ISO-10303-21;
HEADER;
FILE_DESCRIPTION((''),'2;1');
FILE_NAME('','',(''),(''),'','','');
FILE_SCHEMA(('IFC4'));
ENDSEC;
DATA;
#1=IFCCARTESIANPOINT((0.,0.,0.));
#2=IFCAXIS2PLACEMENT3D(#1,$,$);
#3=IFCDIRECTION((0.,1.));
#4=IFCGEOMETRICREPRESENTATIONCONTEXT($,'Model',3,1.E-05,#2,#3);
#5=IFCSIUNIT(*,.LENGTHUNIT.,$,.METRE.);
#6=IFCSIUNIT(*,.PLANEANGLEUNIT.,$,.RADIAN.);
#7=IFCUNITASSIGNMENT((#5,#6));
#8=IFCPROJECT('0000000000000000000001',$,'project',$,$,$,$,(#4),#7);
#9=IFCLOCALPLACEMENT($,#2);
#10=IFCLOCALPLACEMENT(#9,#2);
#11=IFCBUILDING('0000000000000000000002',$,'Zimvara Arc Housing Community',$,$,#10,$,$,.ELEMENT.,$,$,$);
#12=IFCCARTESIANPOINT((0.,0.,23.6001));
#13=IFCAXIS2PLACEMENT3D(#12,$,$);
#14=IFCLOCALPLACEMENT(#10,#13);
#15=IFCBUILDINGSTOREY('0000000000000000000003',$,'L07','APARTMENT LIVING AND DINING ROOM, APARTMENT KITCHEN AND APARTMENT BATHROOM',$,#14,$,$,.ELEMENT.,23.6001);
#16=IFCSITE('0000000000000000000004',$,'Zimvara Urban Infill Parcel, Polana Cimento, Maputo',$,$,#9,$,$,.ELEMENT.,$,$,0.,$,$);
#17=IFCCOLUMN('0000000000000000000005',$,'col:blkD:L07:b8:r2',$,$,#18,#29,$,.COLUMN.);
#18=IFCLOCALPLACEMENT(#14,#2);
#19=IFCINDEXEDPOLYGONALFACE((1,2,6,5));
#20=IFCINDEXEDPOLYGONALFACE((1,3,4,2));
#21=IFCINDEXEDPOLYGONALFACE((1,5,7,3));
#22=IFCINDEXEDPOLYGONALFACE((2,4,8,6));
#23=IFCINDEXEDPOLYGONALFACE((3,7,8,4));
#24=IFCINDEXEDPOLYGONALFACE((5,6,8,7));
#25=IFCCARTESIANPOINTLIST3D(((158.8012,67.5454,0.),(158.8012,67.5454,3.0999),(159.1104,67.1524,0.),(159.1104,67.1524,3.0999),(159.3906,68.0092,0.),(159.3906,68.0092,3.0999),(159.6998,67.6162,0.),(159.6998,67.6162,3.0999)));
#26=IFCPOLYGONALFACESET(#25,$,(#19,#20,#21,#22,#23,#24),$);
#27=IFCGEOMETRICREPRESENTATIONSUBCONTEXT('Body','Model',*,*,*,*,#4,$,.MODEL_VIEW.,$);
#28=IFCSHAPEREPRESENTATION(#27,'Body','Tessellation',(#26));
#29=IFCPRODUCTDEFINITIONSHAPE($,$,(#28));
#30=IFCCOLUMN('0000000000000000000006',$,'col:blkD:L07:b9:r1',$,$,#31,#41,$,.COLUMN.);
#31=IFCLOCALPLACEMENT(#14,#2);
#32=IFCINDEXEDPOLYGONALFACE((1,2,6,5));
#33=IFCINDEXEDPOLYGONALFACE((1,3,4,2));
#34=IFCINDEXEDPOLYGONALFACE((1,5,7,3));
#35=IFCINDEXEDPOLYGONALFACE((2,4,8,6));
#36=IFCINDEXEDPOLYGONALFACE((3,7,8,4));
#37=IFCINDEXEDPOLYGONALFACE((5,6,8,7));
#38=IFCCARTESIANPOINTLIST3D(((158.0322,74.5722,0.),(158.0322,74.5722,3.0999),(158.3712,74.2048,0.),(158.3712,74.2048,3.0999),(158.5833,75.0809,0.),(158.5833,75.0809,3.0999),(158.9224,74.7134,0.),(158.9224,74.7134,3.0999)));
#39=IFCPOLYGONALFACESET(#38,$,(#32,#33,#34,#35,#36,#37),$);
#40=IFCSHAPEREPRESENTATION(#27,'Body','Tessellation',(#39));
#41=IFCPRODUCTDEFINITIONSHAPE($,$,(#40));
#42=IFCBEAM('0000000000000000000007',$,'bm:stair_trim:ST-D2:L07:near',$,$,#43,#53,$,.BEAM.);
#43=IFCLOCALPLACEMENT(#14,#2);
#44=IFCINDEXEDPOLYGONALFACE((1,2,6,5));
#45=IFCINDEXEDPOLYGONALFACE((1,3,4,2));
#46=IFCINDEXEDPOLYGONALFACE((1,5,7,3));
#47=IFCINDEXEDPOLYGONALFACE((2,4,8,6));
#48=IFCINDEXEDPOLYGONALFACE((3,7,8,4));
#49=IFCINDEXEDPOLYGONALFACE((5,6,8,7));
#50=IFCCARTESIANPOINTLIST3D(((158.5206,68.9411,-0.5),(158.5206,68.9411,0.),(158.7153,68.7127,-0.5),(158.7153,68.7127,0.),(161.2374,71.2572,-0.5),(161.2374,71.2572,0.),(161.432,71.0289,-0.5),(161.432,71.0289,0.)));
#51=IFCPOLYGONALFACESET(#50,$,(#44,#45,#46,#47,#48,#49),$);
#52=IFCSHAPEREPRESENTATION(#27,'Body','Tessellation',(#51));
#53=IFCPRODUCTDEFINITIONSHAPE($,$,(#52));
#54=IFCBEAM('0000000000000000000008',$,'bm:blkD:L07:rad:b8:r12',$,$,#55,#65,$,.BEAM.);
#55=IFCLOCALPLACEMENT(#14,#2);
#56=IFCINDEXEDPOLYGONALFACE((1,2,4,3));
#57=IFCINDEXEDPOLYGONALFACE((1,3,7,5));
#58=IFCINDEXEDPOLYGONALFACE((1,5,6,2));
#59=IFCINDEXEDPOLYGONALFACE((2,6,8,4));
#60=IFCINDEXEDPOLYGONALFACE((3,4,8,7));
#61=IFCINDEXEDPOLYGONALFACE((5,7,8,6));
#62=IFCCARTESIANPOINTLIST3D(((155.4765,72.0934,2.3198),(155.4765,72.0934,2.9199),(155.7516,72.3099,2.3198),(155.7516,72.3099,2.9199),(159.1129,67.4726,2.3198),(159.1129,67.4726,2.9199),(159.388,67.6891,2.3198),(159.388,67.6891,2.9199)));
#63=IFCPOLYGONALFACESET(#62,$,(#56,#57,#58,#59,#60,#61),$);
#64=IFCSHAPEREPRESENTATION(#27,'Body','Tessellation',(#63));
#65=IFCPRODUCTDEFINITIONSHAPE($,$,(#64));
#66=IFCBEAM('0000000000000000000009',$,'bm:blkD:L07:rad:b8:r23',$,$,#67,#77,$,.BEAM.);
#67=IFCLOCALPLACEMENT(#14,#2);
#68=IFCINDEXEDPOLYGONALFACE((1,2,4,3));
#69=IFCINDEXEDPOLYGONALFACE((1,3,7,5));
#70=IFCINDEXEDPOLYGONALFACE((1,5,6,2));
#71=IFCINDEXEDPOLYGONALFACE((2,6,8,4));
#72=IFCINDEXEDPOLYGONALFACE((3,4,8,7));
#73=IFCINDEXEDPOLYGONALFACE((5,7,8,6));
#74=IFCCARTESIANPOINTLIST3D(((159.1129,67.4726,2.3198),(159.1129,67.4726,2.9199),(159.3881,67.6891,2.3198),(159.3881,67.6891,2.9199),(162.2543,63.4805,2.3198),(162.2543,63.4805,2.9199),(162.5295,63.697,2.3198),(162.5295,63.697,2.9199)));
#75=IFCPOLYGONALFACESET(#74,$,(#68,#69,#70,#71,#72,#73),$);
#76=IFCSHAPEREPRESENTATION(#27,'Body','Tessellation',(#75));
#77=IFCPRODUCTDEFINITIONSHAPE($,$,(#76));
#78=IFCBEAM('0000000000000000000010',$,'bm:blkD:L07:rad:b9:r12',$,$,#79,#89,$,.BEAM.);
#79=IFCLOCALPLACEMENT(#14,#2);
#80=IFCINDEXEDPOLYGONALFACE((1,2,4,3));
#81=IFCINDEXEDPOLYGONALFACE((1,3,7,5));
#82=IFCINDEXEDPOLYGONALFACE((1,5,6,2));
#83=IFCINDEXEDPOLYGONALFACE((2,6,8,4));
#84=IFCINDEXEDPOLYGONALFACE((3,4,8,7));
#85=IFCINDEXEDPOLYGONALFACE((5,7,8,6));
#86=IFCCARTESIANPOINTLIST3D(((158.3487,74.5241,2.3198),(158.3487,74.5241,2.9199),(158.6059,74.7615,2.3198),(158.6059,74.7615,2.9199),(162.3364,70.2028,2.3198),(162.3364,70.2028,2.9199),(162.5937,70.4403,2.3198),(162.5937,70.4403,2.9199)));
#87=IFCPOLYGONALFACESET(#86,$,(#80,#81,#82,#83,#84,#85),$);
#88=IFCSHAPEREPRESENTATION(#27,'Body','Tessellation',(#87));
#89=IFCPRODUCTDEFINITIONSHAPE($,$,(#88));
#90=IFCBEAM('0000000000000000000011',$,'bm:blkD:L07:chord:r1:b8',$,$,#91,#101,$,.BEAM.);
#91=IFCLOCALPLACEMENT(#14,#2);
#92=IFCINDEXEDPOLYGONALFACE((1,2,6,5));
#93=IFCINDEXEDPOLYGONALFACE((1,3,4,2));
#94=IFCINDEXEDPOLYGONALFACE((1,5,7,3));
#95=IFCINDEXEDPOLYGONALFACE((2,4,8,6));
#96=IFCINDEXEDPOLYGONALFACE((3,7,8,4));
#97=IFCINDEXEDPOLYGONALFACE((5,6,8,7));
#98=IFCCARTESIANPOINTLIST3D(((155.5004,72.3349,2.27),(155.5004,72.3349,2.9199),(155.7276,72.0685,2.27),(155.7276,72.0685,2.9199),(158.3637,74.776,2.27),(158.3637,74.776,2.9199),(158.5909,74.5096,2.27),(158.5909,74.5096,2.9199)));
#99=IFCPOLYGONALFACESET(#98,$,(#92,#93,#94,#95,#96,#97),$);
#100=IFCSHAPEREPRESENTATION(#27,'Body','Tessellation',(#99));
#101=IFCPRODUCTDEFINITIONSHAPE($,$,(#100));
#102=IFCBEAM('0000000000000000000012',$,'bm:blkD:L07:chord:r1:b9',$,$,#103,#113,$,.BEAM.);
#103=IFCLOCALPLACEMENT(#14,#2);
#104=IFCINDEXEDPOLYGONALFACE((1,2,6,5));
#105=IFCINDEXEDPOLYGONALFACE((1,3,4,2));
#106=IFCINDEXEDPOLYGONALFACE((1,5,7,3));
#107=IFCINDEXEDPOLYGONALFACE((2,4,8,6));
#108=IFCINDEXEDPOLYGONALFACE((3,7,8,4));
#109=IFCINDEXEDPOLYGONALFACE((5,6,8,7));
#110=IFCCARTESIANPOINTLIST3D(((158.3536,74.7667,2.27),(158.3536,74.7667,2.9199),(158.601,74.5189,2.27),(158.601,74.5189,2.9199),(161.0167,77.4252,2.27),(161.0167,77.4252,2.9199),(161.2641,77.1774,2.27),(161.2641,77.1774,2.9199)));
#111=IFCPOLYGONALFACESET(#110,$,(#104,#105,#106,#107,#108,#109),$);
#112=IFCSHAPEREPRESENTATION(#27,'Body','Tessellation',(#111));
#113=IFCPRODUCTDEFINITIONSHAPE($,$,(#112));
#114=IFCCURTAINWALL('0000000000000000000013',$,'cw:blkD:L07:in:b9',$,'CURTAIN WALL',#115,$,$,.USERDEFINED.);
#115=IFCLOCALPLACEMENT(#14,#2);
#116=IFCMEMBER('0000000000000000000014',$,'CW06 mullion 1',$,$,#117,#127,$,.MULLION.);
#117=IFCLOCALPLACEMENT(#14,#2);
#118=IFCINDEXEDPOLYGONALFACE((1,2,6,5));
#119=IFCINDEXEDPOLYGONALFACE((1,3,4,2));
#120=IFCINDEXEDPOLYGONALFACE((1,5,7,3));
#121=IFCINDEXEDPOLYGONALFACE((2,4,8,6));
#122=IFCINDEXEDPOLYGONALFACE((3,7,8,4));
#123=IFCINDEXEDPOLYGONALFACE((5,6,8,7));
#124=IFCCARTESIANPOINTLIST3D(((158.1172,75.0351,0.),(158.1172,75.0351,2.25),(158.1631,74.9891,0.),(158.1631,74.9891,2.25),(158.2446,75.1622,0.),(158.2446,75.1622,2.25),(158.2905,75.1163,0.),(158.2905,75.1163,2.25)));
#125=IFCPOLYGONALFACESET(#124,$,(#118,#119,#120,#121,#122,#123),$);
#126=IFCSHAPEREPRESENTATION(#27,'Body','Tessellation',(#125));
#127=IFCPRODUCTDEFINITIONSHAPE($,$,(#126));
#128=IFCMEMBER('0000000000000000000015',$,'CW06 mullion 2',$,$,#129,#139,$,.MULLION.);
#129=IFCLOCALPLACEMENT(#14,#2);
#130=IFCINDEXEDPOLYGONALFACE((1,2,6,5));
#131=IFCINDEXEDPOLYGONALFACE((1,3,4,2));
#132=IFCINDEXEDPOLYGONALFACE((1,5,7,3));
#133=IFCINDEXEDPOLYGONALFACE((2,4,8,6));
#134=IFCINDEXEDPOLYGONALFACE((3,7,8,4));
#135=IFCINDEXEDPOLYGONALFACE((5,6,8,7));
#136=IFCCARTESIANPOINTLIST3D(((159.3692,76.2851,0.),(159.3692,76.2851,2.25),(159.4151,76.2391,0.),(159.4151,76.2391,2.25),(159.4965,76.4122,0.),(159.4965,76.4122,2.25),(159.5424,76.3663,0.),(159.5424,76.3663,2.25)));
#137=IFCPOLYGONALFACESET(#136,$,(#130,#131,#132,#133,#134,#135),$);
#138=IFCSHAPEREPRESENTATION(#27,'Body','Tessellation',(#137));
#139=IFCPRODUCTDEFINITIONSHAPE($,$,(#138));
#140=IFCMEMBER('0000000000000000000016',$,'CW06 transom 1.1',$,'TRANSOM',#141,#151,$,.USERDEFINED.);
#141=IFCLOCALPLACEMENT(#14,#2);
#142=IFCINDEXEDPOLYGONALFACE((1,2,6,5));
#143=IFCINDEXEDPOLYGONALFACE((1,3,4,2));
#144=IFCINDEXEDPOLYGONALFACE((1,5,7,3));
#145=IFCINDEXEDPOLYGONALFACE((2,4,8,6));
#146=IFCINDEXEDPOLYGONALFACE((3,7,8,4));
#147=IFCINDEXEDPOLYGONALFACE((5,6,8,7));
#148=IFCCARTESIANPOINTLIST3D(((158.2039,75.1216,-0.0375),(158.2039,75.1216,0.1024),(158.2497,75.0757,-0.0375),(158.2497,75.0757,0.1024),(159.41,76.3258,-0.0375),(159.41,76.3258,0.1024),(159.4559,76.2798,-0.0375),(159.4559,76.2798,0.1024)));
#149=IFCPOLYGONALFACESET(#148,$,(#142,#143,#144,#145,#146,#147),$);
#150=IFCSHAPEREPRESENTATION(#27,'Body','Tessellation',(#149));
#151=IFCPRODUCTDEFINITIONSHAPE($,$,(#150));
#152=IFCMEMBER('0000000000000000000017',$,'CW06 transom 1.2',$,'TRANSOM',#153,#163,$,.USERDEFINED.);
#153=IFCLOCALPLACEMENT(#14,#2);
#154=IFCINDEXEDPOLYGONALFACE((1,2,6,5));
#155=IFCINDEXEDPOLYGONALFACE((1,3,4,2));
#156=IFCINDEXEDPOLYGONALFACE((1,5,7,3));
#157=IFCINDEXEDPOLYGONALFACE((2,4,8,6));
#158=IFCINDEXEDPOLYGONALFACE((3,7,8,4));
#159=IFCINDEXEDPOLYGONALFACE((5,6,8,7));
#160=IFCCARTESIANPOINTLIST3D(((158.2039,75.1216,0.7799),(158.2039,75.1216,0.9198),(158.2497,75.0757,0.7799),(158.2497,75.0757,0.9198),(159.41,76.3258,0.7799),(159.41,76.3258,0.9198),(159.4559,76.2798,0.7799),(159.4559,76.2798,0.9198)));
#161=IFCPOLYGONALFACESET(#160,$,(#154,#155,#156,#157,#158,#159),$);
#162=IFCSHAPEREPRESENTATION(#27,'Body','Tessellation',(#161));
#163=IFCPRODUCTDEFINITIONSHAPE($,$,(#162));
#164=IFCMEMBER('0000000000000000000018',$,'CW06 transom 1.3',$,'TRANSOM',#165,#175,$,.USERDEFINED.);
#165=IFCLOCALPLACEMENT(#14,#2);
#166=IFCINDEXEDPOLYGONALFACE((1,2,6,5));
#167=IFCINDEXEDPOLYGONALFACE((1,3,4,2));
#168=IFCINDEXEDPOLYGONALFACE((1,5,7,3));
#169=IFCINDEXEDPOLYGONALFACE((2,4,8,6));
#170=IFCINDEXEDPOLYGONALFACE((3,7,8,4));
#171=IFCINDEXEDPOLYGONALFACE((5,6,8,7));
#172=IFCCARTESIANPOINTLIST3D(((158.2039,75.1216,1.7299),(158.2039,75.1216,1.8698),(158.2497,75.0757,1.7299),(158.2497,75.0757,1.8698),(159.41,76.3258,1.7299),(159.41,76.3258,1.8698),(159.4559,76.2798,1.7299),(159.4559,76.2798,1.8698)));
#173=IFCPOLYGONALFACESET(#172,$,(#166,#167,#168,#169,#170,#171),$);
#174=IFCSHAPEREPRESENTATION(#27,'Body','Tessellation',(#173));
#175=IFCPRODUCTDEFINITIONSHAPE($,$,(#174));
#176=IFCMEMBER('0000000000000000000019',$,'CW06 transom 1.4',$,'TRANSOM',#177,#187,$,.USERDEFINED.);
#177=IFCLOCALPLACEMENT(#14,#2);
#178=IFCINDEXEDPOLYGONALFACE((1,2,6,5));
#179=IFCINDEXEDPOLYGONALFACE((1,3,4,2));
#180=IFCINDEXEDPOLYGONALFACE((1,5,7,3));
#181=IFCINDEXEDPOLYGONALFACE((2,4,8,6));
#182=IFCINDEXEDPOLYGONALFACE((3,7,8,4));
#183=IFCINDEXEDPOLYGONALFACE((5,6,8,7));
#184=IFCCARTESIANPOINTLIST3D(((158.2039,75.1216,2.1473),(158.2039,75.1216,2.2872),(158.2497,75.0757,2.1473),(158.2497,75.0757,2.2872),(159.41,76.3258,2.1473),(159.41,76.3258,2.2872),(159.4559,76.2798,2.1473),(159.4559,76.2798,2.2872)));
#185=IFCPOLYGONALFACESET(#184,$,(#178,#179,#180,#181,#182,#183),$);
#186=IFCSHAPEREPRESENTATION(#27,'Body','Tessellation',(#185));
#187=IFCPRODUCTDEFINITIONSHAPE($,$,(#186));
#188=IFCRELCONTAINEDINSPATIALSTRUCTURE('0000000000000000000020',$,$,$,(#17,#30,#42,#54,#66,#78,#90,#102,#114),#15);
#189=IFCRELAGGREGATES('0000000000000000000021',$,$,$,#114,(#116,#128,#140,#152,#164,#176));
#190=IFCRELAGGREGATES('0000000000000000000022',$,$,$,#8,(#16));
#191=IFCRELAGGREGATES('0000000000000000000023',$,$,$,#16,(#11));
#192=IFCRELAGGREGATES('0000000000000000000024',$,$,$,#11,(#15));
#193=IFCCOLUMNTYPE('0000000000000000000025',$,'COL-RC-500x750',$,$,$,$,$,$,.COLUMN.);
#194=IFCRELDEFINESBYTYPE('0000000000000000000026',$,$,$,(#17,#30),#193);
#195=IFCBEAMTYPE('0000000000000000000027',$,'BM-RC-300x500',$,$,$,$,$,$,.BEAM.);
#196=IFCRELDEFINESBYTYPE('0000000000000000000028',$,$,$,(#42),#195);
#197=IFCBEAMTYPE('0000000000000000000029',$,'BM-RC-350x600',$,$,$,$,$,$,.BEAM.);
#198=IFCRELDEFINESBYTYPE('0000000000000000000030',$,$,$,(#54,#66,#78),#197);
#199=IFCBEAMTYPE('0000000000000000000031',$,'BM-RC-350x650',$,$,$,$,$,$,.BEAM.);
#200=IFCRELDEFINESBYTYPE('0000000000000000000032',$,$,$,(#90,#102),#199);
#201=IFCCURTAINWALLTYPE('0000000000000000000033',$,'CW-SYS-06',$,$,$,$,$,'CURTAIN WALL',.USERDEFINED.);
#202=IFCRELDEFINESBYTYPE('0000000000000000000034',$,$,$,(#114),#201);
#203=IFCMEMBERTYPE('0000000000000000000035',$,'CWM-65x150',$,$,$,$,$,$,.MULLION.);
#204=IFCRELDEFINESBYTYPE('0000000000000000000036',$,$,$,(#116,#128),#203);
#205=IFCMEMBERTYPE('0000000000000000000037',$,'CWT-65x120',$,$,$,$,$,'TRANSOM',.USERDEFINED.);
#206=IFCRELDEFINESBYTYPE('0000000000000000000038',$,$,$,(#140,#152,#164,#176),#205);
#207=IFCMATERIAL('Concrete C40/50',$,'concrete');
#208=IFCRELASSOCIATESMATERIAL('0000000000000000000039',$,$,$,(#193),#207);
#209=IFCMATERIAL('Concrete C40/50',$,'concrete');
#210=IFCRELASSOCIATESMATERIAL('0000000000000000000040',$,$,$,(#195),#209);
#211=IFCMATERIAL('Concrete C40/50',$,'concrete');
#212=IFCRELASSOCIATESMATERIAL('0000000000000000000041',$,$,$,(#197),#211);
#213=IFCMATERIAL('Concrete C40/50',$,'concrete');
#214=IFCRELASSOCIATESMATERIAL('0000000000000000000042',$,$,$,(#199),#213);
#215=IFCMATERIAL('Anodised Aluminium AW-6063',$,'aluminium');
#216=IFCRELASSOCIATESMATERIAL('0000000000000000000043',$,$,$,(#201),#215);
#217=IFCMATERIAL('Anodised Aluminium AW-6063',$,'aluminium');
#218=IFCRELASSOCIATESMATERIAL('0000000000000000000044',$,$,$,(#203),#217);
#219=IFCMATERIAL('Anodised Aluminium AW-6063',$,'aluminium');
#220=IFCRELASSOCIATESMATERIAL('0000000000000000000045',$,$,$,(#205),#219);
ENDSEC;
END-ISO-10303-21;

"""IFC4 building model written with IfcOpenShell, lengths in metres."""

from ifc_helpers import new_model, si_unit, direction, frame, origin, origin_2d, place, context, subcontext, project, spatial, rectangle, extrude, material, material_profile, profile_set, type_object, element, aggregate, save


model = new_model("IFC4")

# Units and contexts
model_context = context("Model", 3, precision=1e-05, world=origin(), true_north=direction((0.0, 1.0)))
body_context = subcontext(model_context, "Body", "Model", "MODEL_VIEW")
ifc_project = project(units=[si_unit("LENGTHUNIT", "METRE"), si_unit("PLANEANGLEUNIT", "RADIAN")], contexts=[model_context])

# Site, building, storey
site_placement = place(None, origin())
site = spatial("IfcSite", under=ifc_project, at=site_placement, Name="Zimvara Urban Infill Parcel, Polana Cimento, Maputo", CompositionType="ELEMENT", RefElevation=0.0)
building_placement = place(site_placement, origin())
building = spatial("IfcBuilding", under=site, at=building_placement, Name="Zimvara Arc Housing Community", CompositionType="ELEMENT")
storey_placement = place(building_placement, frame((0.0, 0.0, 23.6001)))
storey = spatial("IfcBuildingStorey", under=building, at=storey_placement, Name="L07", Description="APARTMENT LIVING AND DINING ROOM, APARTMENT KITCHEN AND APARTMENT BATHROOM", CompositionType="ELEMENT", Elevation=23.6001)

# Columns
ifc_material_1 = material(Name="Concrete C40/50", Category="concrete")
ifc_material_profile_1 = material_profile(ifc_material_1, rectangle(XDim=0.5, YDim=0.75, at=origin_2d()), Name="RC 500x750")
ifc_profile_set_1 = profile_set([ifc_material_profile_1], Name="Concrete C40/50")
column_type = type_object("IfcColumnType", Name="COL-RC-500x750", PredefinedType="COLUMN", material=ifc_profile_set_1)
for number, where, z_axis, x_axis, name in (
    (1, (159.2505, 67.5808, 0.0), (0.0, 0.0, 1.0), (0.618408, -0.785857, 0.0), "col:blkD:L07:b8:r2"),
    (2, (158.4773, 74.6428, 0.0), (0.0, 0.0, 1.0), (0.67816, -0.734915, 0.0), "col:blkD:L07:b9:r1"),
):
    element("IfcColumn", number, at=place(storey_placement, frame(where, z_axis=z_axis, x_axis=x_axis)), inside=storey, type_object=column_type, Name=name, PredefinedType="COLUMN", context=body_context, shape_type="SweptSolid", body=[
        extrude(rectangle(XDim=0.5, YDim=0.75, at=origin_2d()), origin(), (0.0, 0.0, 1.0), 3.0999),
    ])

# Beams
ifc_material_2 = material(Name="Concrete C40/50", Category="concrete")
ifc_material_profile_2 = material_profile(ifc_material_2, rectangle(XDim=0.3, YDim=0.5, at=origin_2d()), Name="RC 300x500")
ifc_profile_set_2 = profile_set([ifc_material_profile_2], Name="Concrete C40/50")
beam_type_1 = type_object("IfcBeamType", Name="BM-RC-300x500", PredefinedType="BEAM", material=ifc_profile_set_2)
beam_1_placement = place(storey_placement, frame((158.6179, 68.8269, -0.25), z_axis=(0.760987, 0.648767, 0.0), x_axis=(-0.648767, 0.760987, 0.0)))
element("IfcBeam", 3, at=beam_1_placement, inside=storey, type_object=beam_type_1, Name="bm:stair_trim:ST-D2:L07:near", PredefinedType="BEAM", context=body_context, shape_type="SweptSolid", body=[
    extrude(rectangle(XDim=0.3, YDim=0.5, at=origin_2d()), origin(), (0.0, 0.0, 1.0), 3.5701),
])
ifc_material_3 = material(Name="Concrete C40/50", Category="concrete")
ifc_material_profile_3 = material_profile(ifc_material_3, rectangle(XDim=0.3501, YDim=0.6001, at=origin_2d()), Name="RC 350x600")
ifc_profile_set_3 = profile_set([ifc_material_profile_3], Name="Concrete C40/50")
beam_type_2 = type_object("IfcBeamType", Name="BM-RC-350x600", PredefinedType="BEAM", material=ifc_profile_set_3)
beam_2_placement = place(storey_placement, frame((155.614, 72.2017, 2.6199), z_axis=(0.618432, -0.785838, 0.0), x_axis=(0.785838, 0.618432, 0.0)))
element("IfcBeam", 4, at=beam_2_placement, inside=storey, type_object=beam_type_2, Name="bm:blkD:L07:rad:b8:r12", PredefinedType="BEAM", context=body_context, shape_type="SweptSolid", body=[
    extrude(rectangle(XDim=0.3501, YDim=0.6001, at=origin_2d()), origin(), (0.0, 0.0, 1.0), 5.8801),
])
beam_3_placement = place(storey_placement, frame((159.2505, 67.5808, 2.6199), z_axis=(0.618409, -0.785856, 0.0), x_axis=(0.785856, 0.618409, 0.0)))
element("IfcBeam", 5, at=beam_3_placement, inside=storey, type_object=beam_type_2, Name="bm:blkD:L07:rad:b8:r23", PredefinedType="BEAM", context=body_context, shape_type="SweptSolid", body=[
    extrude(rectangle(XDim=0.3501, YDim=0.6001, at=origin_2d()), origin(), (0.0, 0.0, 1.0), 5.0798),
])
beam_4_placement = place(storey_placement, frame((158.4773, 74.6428, 2.6199), z_axis=(0.67818, -0.734896, 0.0), x_axis=(0.734896, 0.67818, 0.0)))
element("IfcBeam", 6, at=beam_4_placement, inside=storey, type_object=beam_type_2, Name="bm:blkD:L07:rad:b9:r12", PredefinedType="BEAM", context=body_context, shape_type="SweptSolid", body=[
    extrude(rectangle(XDim=0.3501, YDim=0.6001, at=origin_2d()), origin(), (0.0, 0.0, 1.0), 5.8801),
])
ifc_material_4 = material(Name="Concrete C40/50", Category="concrete")
ifc_material_profile_4 = material_profile(ifc_material_4, rectangle(XDim=0.3501, YDim=0.6499, at=origin_2d()), Name="RC 350x650")
ifc_profile_set_4 = profile_set([ifc_material_profile_4], Name="Concrete C40/50")
beam_type_3 = type_object("IfcBeamType", Name="BM-RC-350x650", PredefinedType="BEAM", material=ifc_profile_set_4)
beam_5_placement = place(storey_placement, frame((155.614, 72.2017, 2.595), z_axis=(0.760972, 0.648785, 0.0), x_axis=(-0.648785, 0.760972, 0.0)))
element("IfcBeam", 7, at=beam_5_placement, inside=storey, type_object=beam_type_3, Name="bm:blkD:L07:chord:r1:b8", PredefinedType="BEAM", context=body_context, shape_type="SweptSolid", body=[
    extrude(rectangle(XDim=0.3501, YDim=0.6499, at=origin_2d()), origin(), (0.0, 0.0, 1.0), 3.7627),
])
beam_6_placement = place(storey_placement, frame((158.4773, 74.6428, 2.595), z_axis=(0.707723, 0.70649, 0.0), x_axis=(-0.70649, 0.707723, 0.0)))
element("IfcBeam", 8, at=beam_6_placement, inside=storey, type_object=beam_type_3, Name="bm:blkD:L07:chord:r1:b9", PredefinedType="BEAM", context=body_context, shape_type="SweptSolid", body=[
    extrude(rectangle(XDim=0.3501, YDim=0.6499, at=origin_2d()), origin(), (0.0, 0.0, 1.0), 3.7629),
])

# Curtain wall, members
ifc_material_5 = material(Name="Anodised Aluminium AW-6063", Category="aluminium")
curtain_wall_type = type_object("IfcCurtainWallType", Name="CW-SYS-06", ElementType="CURTAIN WALL", PredefinedType="USERDEFINED", material=ifc_material_5)
curtain_wall_placement = place(storey_placement, origin())
curtain_wall = element("IfcCurtainWall", 9, at=curtain_wall_placement, inside=storey, type_object=curtain_wall_type, Name="cw:blkD:L07:in:b9", ObjectType="CURTAIN WALL", PredefinedType="USERDEFINED")
ifc_material_6 = material(Name="Anodised Aluminium AW-6063", Category="aluminium")
ifc_material_profile_5 = material_profile(ifc_material_6, rectangle(XDim=0.0649, YDim=0.1799, at=origin_2d()), Name="ALU 65x180")
ifc_profile_set_5 = profile_set([ifc_material_profile_5], Name="Anodised Aluminium AW-6063")
member_type_1 = type_object("IfcMemberType", Name="CWM-65x150", PredefinedType="MULLION", material=ifc_profile_set_5)
member_1_placement = place(storey_placement, frame((158.2039, 75.0757, 0.0), z_axis=(0.0, 0.0, 1.0), x_axis=(-0.706489, 0.707724, 0.0)))
member_1 = element("IfcMember", 10, at=member_1_placement, type_object=member_type_1, Name="CW06 mullion 1", PredefinedType="MULLION", context=body_context, shape_type="SweptSolid", body=[
    extrude(rectangle(XDim=0.0649, YDim=0.1799, at=origin_2d()), origin(), (0.0, 0.0, 1.0), 2.25),
])
member_2_placement = place(storey_placement, frame((159.4558, 76.3257, 0.0), z_axis=(0.0, 0.0, 1.0), x_axis=(-0.706489, 0.707724, 0.0)))
member_2 = element("IfcMember", 11, at=member_2_placement, type_object=member_type_1, Name="CW06 mullion 2", PredefinedType="MULLION", context=body_context, shape_type="SweptSolid", body=[
    extrude(rectangle(XDim=0.0649, YDim=0.1799, at=origin_2d()), origin(), (0.0, 0.0, 1.0), 2.25),
])
ifc_material_7 = material(Name="Anodised Aluminium AW-6063", Category="aluminium")
ifc_material_profile_6 = material_profile(ifc_material_7, rectangle(XDim=0.0649, YDim=0.1399, at=origin_2d()), Name="ALU 65x140")
ifc_profile_set_6 = profile_set([ifc_material_profile_6], Name="Anodised Aluminium AW-6063")
member_type_2 = type_object("IfcMemberType", Name="CWT-65x120", ElementType="TRANSOM", PredefinedType="USERDEFINED", material=ifc_profile_set_6)
member_3_placement = place(storey_placement, frame((158.2268, 75.0986, 0.0325), z_axis=(0.70768, 0.706534, 0.0), x_axis=(-0.706534, 0.70768, 0.0)))
member_3 = element("IfcMember", 12, at=member_3_placement, type_object=member_type_2, Name="CW06 transom 1.1", ObjectType="TRANSOM", PredefinedType="USERDEFINED", context=body_context, shape_type="SweptSolid", body=[
    extrude(rectangle(XDim=0.0649, YDim=0.1399, at=origin_2d()), origin(), (0.0, 0.0, 1.0), 1.7043),
])
member_4_placement = place(storey_placement, frame((158.2268, 75.0986, 0.8499), z_axis=(0.70768, 0.706534, 0.0), x_axis=(-0.706534, 0.70768, 0.0)))
member_4 = element("IfcMember", 13, at=member_4_placement, type_object=member_type_2, Name="CW06 transom 1.2", ObjectType="TRANSOM", PredefinedType="USERDEFINED", context=body_context, shape_type="SweptSolid", body=[
    extrude(rectangle(XDim=0.0649, YDim=0.1399, at=origin_2d()), origin(), (0.0, 0.0, 1.0), 1.7043),
])
member_5_placement = place(storey_placement, frame((158.2268, 75.0986, 1.7998), z_axis=(0.70768, 0.706534, 0.0), x_axis=(-0.706534, 0.70768, 0.0)))
member_5 = element("IfcMember", 14, at=member_5_placement, type_object=member_type_2, Name="CW06 transom 1.3", ObjectType="TRANSOM", PredefinedType="USERDEFINED", context=body_context, shape_type="SweptSolid", body=[
    extrude(rectangle(XDim=0.0649, YDim=0.1399, at=origin_2d()), origin(), (0.0, 0.0, 1.0), 1.7043),
])
member_6_placement = place(storey_placement, frame((158.2268, 75.0986, 2.2173), z_axis=(0.70768, 0.706534, 0.0), x_axis=(-0.706534, 0.70768, 0.0)))
member_6 = element("IfcMember", 15, at=member_6_placement, type_object=member_type_2, Name="CW06 transom 1.4", ObjectType="TRANSOM", PredefinedType="USERDEFINED", context=body_context, shape_type="SweptSolid", body=[
    extrude(rectangle(XDim=0.0649, YDim=0.1399, at=origin_2d()), origin(), (0.0, 0.0, 1.0), 1.7043),
])
aggregate(curtain_wall, [member_1, member_2, member_3, member_4, member_5, member_6])

save(model, "model.ifc")
